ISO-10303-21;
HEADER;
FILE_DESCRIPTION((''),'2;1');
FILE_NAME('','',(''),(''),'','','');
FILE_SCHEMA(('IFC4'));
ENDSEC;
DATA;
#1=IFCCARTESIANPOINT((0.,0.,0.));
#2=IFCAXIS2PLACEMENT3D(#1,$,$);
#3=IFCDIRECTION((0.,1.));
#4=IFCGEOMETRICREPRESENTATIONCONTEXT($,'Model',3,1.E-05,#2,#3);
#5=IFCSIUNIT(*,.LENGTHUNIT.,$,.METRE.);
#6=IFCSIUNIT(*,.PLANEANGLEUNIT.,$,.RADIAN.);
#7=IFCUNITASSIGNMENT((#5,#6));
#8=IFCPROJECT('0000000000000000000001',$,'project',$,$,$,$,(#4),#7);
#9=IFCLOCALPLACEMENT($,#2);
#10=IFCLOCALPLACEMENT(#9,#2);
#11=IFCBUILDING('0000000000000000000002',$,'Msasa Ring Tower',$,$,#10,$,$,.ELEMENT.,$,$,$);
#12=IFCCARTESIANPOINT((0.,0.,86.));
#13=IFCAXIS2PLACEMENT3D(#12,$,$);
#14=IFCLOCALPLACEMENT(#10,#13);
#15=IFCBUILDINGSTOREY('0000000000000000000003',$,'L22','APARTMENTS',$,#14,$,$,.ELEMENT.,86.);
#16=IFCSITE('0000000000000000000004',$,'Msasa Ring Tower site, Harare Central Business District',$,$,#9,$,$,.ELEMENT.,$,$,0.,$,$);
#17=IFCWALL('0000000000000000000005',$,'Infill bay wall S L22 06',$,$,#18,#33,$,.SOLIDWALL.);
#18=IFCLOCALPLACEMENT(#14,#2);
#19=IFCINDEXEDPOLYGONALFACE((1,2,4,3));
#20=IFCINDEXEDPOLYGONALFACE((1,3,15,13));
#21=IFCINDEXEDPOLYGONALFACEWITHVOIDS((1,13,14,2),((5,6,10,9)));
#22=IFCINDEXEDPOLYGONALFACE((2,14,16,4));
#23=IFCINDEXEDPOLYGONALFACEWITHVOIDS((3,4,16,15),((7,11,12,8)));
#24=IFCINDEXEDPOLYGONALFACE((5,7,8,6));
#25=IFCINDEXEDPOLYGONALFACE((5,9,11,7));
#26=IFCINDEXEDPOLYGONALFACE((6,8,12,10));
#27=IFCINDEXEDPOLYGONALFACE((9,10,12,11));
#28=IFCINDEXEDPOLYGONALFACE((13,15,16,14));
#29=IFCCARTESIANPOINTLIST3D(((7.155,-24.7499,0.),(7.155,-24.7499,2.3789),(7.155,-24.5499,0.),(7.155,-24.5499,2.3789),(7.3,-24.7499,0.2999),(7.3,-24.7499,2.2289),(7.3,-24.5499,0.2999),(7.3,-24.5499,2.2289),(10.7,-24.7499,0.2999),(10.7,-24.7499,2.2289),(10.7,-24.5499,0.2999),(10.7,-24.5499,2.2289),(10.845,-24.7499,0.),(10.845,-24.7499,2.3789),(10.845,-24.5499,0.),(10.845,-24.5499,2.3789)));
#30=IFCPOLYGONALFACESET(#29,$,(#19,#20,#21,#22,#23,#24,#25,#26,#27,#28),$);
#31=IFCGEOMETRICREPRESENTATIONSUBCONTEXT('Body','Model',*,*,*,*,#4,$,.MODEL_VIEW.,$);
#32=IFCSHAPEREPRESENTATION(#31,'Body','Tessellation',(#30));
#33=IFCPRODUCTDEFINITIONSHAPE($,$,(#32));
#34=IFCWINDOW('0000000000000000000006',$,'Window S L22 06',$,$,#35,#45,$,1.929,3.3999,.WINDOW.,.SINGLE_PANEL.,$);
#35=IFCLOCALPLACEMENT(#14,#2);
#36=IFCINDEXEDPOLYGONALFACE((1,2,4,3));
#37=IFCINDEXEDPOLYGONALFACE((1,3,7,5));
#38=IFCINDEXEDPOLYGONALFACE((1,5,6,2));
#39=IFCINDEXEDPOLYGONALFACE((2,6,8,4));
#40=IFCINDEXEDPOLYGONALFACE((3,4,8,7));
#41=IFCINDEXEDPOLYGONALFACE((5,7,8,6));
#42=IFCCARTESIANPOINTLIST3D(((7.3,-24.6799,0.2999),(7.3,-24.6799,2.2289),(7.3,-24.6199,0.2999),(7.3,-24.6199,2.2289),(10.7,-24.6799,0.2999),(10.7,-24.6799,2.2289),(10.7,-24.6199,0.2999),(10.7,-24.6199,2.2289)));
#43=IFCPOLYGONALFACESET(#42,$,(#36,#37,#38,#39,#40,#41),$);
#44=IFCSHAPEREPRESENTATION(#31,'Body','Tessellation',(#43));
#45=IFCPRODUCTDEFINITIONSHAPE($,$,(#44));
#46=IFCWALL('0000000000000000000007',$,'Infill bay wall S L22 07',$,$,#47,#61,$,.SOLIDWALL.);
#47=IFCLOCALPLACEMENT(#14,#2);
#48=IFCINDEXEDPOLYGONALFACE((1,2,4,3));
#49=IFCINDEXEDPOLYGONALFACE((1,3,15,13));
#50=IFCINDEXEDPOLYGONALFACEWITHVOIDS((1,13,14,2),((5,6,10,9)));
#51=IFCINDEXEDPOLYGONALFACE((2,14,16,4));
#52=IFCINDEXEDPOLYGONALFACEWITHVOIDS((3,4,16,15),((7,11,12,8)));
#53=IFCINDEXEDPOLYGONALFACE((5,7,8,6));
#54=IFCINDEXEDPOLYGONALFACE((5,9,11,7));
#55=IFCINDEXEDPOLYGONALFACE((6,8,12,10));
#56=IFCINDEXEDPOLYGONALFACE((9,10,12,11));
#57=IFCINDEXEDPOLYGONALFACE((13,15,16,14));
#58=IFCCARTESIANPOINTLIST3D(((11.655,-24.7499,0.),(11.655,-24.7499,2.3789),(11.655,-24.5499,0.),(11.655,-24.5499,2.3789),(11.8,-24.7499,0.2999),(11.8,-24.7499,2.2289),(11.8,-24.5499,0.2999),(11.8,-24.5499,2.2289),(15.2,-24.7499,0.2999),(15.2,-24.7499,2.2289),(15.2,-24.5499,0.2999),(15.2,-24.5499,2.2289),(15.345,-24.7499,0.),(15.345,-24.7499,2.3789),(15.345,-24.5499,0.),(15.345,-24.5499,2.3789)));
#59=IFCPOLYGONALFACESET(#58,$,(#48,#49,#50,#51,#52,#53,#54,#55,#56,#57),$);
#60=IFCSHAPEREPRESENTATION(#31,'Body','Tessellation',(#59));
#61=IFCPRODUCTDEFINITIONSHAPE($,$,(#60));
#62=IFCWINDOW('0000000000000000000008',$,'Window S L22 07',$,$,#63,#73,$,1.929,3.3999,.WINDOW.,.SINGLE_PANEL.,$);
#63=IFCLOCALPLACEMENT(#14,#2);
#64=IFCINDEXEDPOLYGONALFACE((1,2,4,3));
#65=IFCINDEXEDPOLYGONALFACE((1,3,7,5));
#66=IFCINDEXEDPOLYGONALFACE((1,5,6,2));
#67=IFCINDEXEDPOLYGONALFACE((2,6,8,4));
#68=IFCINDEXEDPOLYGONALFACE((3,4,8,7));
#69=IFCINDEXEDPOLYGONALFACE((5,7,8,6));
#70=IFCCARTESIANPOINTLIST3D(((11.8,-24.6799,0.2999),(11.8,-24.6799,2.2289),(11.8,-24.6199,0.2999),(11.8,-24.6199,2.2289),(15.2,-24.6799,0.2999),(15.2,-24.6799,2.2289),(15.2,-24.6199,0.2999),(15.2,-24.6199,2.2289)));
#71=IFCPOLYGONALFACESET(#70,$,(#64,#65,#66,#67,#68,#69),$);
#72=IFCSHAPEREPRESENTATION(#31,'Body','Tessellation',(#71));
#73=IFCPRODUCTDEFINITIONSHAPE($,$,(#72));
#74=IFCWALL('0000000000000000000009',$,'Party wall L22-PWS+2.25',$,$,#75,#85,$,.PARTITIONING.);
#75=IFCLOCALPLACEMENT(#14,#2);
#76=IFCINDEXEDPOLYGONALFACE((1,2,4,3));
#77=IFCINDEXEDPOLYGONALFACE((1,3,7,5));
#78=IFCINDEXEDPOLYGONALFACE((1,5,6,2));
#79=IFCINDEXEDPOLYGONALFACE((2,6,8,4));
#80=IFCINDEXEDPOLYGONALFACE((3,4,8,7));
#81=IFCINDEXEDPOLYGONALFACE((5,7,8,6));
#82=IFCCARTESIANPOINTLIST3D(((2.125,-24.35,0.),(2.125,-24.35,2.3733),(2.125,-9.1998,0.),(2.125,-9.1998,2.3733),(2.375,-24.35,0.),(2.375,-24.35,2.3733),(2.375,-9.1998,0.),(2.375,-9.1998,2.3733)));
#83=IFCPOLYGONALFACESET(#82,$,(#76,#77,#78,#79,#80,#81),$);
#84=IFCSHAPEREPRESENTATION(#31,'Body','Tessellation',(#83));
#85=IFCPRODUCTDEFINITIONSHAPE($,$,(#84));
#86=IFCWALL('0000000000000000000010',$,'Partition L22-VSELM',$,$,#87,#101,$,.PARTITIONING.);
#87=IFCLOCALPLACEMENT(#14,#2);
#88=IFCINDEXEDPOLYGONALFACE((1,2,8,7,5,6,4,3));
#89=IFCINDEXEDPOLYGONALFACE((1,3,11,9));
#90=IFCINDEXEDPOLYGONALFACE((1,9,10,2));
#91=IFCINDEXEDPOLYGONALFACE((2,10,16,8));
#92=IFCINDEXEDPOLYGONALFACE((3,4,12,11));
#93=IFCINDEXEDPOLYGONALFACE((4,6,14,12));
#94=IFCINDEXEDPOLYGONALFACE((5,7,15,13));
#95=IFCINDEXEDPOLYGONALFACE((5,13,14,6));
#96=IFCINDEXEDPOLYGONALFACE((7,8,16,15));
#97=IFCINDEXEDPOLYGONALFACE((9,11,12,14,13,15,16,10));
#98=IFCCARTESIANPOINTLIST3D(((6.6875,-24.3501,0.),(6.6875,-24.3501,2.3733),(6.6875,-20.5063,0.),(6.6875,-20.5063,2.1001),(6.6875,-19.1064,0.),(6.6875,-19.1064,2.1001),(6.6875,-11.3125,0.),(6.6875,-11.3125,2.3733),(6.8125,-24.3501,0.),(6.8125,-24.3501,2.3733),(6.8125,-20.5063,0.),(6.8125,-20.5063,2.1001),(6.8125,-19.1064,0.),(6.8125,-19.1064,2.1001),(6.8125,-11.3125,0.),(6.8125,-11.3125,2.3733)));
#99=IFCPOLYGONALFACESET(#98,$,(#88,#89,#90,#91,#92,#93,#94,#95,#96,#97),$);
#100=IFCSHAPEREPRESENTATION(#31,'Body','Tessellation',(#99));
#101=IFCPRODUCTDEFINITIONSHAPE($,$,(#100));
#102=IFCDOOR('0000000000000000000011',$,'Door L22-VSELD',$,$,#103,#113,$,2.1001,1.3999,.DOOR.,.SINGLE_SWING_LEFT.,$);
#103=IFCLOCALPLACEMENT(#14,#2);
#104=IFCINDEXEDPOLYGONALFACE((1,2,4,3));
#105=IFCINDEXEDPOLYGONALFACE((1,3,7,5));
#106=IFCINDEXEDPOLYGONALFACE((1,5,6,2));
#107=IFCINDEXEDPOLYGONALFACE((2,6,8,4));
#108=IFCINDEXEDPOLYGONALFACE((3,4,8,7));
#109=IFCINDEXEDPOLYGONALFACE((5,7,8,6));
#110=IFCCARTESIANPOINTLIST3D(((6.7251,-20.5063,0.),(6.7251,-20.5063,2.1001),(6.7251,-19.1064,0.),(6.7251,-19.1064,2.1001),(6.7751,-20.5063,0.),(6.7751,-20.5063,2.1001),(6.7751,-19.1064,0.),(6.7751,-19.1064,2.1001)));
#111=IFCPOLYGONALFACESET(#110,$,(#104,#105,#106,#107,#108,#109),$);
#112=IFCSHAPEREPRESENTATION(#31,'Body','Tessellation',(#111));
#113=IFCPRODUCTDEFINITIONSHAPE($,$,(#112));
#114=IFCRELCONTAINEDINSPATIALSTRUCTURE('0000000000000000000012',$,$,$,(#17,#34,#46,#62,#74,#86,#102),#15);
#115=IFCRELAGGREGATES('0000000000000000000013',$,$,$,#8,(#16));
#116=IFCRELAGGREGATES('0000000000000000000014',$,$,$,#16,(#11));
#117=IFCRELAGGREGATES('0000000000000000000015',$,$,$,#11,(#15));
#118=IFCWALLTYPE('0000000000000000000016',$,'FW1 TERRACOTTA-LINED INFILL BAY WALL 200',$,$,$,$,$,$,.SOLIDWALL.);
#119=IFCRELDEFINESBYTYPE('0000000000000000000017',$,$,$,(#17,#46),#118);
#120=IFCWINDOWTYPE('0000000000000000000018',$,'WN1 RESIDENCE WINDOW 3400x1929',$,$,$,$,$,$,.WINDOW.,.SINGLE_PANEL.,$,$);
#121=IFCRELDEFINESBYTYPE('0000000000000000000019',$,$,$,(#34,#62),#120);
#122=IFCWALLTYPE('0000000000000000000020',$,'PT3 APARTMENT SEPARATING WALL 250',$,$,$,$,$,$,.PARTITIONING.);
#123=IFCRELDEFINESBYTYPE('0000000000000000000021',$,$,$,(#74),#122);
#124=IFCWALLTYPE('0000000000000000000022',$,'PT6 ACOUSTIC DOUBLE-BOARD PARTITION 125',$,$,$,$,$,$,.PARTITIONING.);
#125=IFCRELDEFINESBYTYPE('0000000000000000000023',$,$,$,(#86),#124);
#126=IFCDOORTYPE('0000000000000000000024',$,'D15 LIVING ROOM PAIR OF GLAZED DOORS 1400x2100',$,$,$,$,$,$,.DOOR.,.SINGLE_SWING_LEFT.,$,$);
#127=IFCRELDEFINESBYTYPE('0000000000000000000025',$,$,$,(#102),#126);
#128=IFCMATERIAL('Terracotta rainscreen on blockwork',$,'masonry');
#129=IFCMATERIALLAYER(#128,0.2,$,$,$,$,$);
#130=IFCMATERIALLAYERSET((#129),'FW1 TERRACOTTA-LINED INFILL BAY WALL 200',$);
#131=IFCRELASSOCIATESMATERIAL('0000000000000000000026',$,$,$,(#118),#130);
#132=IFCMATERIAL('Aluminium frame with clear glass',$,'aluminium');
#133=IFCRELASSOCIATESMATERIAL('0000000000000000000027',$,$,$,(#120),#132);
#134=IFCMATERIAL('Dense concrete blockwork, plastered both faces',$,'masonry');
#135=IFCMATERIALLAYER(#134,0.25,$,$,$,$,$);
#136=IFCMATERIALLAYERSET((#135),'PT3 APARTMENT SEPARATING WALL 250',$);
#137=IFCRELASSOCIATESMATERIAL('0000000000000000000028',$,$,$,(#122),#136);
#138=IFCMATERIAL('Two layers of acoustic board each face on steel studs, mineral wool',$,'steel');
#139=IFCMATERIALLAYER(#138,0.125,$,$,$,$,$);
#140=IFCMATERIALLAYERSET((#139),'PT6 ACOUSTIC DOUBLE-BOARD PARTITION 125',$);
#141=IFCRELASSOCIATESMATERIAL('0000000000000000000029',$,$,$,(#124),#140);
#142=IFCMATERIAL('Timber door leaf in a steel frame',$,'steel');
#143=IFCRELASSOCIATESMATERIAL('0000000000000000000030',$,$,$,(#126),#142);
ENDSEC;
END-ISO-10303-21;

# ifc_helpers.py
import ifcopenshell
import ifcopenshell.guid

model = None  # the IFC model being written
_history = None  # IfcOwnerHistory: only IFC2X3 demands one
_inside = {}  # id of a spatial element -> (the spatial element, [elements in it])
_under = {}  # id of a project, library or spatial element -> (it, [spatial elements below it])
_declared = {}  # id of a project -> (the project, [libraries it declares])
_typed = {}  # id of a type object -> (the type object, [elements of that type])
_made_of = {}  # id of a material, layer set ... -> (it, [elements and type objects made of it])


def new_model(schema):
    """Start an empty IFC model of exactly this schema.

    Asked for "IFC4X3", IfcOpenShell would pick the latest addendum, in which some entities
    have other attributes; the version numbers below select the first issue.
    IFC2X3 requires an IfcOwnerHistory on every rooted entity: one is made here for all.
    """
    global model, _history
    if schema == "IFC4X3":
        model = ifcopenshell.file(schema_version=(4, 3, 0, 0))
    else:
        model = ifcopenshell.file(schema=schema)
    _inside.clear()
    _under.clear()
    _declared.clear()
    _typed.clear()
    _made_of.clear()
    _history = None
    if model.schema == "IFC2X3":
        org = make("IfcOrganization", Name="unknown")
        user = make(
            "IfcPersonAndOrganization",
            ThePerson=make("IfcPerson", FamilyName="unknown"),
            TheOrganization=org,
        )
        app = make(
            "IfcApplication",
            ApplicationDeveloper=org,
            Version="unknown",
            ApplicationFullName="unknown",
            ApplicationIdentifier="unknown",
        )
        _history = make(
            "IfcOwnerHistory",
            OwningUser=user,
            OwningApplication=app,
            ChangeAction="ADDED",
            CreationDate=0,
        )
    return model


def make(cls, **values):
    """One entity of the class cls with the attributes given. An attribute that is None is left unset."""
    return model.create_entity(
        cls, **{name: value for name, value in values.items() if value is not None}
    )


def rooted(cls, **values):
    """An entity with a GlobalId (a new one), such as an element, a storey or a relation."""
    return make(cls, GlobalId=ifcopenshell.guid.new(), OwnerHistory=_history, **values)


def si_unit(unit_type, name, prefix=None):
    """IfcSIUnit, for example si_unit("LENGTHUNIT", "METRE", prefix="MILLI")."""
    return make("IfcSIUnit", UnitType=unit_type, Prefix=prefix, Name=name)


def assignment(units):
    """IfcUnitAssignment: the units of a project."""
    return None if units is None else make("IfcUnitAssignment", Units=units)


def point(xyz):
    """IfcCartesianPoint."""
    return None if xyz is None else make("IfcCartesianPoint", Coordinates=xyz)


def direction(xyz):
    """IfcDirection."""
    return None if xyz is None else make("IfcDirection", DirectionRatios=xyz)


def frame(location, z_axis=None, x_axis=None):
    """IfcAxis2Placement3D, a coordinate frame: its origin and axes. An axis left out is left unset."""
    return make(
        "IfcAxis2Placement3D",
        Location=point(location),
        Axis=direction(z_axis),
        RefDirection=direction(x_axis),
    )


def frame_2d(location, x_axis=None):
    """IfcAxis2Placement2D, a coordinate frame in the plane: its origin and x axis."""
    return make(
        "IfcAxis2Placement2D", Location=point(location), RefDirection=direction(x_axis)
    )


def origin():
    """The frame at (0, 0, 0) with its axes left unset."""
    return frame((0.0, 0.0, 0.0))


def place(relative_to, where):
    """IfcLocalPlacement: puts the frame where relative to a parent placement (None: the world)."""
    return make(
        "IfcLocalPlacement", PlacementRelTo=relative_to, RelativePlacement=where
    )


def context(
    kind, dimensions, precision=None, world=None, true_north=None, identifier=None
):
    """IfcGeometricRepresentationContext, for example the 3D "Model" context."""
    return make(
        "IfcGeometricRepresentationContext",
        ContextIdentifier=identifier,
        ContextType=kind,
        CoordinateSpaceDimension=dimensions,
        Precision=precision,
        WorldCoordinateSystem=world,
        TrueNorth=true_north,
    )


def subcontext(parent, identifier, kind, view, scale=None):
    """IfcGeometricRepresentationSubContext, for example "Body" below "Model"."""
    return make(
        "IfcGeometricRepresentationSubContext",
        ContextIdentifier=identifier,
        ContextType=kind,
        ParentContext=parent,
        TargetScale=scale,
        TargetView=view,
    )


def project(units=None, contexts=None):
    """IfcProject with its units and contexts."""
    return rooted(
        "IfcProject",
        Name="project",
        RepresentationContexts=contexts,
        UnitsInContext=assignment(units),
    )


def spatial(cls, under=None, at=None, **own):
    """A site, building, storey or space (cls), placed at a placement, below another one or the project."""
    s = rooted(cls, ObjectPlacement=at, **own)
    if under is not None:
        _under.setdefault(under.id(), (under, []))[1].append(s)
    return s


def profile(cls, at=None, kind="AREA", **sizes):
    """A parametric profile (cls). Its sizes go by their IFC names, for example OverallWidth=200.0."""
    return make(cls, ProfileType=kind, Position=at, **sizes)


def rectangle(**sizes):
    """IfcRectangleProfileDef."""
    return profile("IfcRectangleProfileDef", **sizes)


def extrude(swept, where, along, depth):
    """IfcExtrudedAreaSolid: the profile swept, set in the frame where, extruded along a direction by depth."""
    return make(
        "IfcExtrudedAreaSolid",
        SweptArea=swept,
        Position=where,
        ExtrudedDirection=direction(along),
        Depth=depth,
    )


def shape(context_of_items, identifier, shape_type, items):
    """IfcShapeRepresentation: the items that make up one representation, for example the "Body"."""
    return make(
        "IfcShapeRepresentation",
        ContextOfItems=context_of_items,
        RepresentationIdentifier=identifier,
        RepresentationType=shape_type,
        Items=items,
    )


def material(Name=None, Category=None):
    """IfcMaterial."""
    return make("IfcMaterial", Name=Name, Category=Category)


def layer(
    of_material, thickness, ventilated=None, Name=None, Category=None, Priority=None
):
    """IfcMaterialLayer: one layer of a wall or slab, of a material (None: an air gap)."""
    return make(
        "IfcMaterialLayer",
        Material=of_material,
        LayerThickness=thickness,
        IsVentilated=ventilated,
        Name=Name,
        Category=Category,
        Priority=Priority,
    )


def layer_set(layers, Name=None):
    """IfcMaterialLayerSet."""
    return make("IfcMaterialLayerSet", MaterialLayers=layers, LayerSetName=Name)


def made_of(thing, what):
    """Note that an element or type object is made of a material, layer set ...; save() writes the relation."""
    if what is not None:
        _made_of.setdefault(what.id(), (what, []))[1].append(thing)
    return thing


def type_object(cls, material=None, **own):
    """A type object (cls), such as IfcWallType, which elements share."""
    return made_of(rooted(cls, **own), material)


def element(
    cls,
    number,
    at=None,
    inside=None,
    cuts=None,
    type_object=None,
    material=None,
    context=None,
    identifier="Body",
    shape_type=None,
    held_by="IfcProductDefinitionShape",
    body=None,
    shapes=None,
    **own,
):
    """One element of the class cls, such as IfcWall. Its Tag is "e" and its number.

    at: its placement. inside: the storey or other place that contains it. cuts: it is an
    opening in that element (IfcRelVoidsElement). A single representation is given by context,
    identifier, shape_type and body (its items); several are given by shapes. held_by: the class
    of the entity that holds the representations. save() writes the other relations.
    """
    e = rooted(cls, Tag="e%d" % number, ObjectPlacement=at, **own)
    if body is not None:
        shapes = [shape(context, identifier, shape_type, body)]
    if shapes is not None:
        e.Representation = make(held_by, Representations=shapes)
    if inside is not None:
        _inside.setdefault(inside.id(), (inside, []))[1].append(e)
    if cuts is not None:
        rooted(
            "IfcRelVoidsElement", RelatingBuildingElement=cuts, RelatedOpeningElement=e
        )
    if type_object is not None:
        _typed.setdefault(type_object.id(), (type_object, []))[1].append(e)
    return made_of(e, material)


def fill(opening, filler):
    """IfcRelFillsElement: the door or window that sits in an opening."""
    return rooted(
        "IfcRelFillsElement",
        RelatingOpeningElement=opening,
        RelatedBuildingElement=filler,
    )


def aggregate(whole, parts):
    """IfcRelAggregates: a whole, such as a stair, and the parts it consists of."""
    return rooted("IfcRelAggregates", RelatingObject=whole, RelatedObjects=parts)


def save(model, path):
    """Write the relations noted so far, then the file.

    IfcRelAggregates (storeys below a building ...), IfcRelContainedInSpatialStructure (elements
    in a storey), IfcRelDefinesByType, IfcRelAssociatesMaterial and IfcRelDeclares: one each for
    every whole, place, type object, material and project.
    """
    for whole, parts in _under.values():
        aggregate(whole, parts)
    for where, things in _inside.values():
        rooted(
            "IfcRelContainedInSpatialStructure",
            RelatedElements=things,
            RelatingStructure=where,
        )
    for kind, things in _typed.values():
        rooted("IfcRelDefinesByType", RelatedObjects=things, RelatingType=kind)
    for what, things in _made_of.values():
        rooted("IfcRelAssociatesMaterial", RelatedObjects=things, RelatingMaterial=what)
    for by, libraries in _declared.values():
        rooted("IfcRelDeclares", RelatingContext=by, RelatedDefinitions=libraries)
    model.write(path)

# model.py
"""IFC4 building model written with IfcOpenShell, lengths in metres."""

from ifc_helpers import new_model, si_unit, direction, frame, frame_2d, origin, place, context, subcontext, project, spatial, rectangle, extrude, material, layer, layer_set, type_object, element, fill, save


model = new_model("IFC4")

# Units and contexts
model_context = context("Model", 3, precision=1e-05, world=origin(), true_north=direction((0.0, 1.0)))
body_context = subcontext(model_context, "Body", "Model", "MODEL_VIEW")
ifc_project = project(units=[si_unit("LENGTHUNIT", "METRE"), si_unit("PLANEANGLEUNIT", "RADIAN")], contexts=[model_context])

# Site, building, storey
site_placement = place(None, origin())
site = spatial("IfcSite", under=ifc_project, at=site_placement, Name="Msasa Ring Tower site, Harare Central Business District", CompositionType="ELEMENT", RefElevation=0.0)
building_placement = place(site_placement, origin())
building = spatial("IfcBuilding", under=site, at=building_placement, Name="Msasa Ring Tower", CompositionType="ELEMENT")
storey_placement = place(building_placement, frame((0.0, 0.0, 86.0)))
storey = spatial("IfcBuildingStorey", under=building, at=storey_placement, Name="L22", Description="APARTMENTS", CompositionType="ELEMENT", Elevation=86.0)

# Walls, openings, windows
ifc_material_1 = material(Name="Terracotta rainscreen on blockwork", Category="masonry")
ifc_layer_1 = layer(ifc_material_1, 0.2)
ifc_layer_set_1 = layer_set([ifc_layer_1], Name="FW1 TERRACOTTA-LINED INFILL BAY WALL 200")
wall_type_1 = type_object("IfcWallType", Name="FW1 TERRACOTTA-LINED INFILL BAY WALL 200", PredefinedType="SOLIDWALL", material=ifc_layer_set_1)
ifc_material_2 = material(Name="Aluminium frame with clear glass", Category="aluminium")
window_type = type_object("IfcWindowType", Name="WN1 RESIDENCE WINDOW 3400x1929", PartitioningType="SINGLE_PANEL", PredefinedType="WINDOW", material=ifc_material_2)
wall_1_placement = place(storey_placement, frame((7.155, -24.6499, 0.0), z_axis=(0.0, 0.0, 1.0), x_axis=(1.0, 0.0, 0.0)))
wall_1 = element("IfcWall", 1, at=wall_1_placement, inside=storey, type_object=wall_type_1, Name="Infill bay wall S L22 06", PredefinedType="SOLIDWALL", context=body_context, shape_type="SweptSolid", body=[
    extrude(rectangle(XDim=3.6899, YDim=0.2, at=frame_2d((1.845, 0.0))), origin(), (0.0, 0.0, 1.0), 2.3789),
])
opening_1_placement = place(wall_1_placement, frame((0.145, 0.0, 0.3)))
opening_1 = element("IfcOpeningElement", 2, at=opening_1_placement, cuts=wall_1, PredefinedType="OPENING", context=body_context, shape_type="SweptSolid", body=[
    extrude(rectangle(XDim=3.3999, YDim=1.929, at=frame_2d((1.7, 0.9644))), frame((0.0, 0.1099, 0.0), z_axis=(0.0, -1.0, 0.0), x_axis=(1.0, 0.0, 0.0)), (0.0, 0.0, 1.0), 0.22),
])
window_1_placement = place(opening_1_placement, origin())
window_1 = element("IfcWindow", 3, at=window_1_placement, inside=storey, type_object=window_type, Name="Window S L22 06", OverallHeight=1.929, OverallWidth=3.3999, PartitioningType="SINGLE_PANEL", PredefinedType="WINDOW", context=body_context, shape_type="SweptSolid", body=[
    extrude(rectangle(XDim=3.3999, YDim=1.929, at=frame_2d((1.7, 0.9644))), frame((0.0, 0.03, 0.0), z_axis=(0.0, -1.0, 0.0), x_axis=(1.0, 0.0, 0.0)), (0.0, 0.0, 1.0), 0.0601),
])
fill(opening_1, window_1)
wall_2_placement = place(storey_placement, frame((11.655, -24.6499, 0.0), z_axis=(0.0, 0.0, 1.0), x_axis=(1.0, 0.0, 0.0)))
wall_2 = element("IfcWall", 4, at=wall_2_placement, inside=storey, type_object=wall_type_1, Name="Infill bay wall S L22 07", PredefinedType="SOLIDWALL", context=body_context, shape_type="SweptSolid", body=[
    extrude(rectangle(XDim=3.6899, YDim=0.2, at=frame_2d((1.845, 0.0))), origin(), (0.0, 0.0, 1.0), 2.3789),
])
opening_2_placement = place(wall_2_placement, frame((0.145, 0.0, 0.3)))
opening_2 = element("IfcOpeningElement", 5, at=opening_2_placement, cuts=wall_2, PredefinedType="OPENING", context=body_context, shape_type="SweptSolid", body=[
    extrude(rectangle(XDim=3.3999, YDim=1.929, at=frame_2d((1.7, 0.9644))), frame((0.0, 0.1099, 0.0), z_axis=(0.0, -1.0, 0.0), x_axis=(1.0, 0.0, 0.0)), (0.0, 0.0, 1.0), 0.22),
])
window_2_placement = place(opening_2_placement, origin())
window_2 = element("IfcWindow", 6, at=window_2_placement, inside=storey, type_object=window_type, Name="Window S L22 07", OverallHeight=1.929, OverallWidth=3.3999, PartitioningType="SINGLE_PANEL", PredefinedType="WINDOW", context=body_context, shape_type="SweptSolid", body=[
    extrude(rectangle(XDim=3.3999, YDim=1.929, at=frame_2d((1.7, 0.9644))), frame((0.0, 0.03, 0.0), z_axis=(0.0, -1.0, 0.0), x_axis=(1.0, 0.0, 0.0)), (0.0, 0.0, 1.0), 0.0601),
])
fill(opening_2, window_2)

# Wall
ifc_material_3 = material(Name="Dense concrete blockwork, plastered both faces", Category="masonry")
ifc_layer_2 = layer(ifc_material_3, 0.25)
ifc_layer_set_2 = layer_set([ifc_layer_2], Name="PT3 APARTMENT SEPARATING WALL 250")
wall_type_2 = type_object("IfcWallType", Name="PT3 APARTMENT SEPARATING WALL 250", PredefinedType="PARTITIONING", material=ifc_layer_set_2)
wall_3_placement = place(storey_placement, frame((2.25, -24.3501, 0.0), z_axis=(0.0, 0.0, 1.0), x_axis=(0.0, 1.0, 0.0)))
element("IfcWall", 7, at=wall_3_placement, inside=storey, type_object=wall_type_2, Name="Party wall L22-PWS+2.25", PredefinedType="PARTITIONING", context=body_context, shape_type="SweptSolid", body=[
    extrude(rectangle(XDim=15.1501, YDim=0.25, at=frame_2d((7.5752, 0.0))), origin(), (0.0, 0.0, 1.0), 2.3733),
])

# Wall, opening, door
ifc_material_4 = material(Name="Two layers of acoustic board each face on steel studs, mineral wool", Category="steel")
ifc_layer_3 = layer(ifc_material_4, 0.125)
ifc_layer_set_3 = layer_set([ifc_layer_3], Name="PT6 ACOUSTIC DOUBLE-BOARD PARTITION 125")
wall_type_3 = type_object("IfcWallType", Name="PT6 ACOUSTIC DOUBLE-BOARD PARTITION 125", PredefinedType="PARTITIONING", material=ifc_layer_set_3)
wall_4_placement = place(storey_placement, frame((6.75, -24.3501, 0.0), z_axis=(0.0, 0.0, 1.0), x_axis=(0.0, 1.0, 0.0)))
wall_4 = element("IfcWall", 8, at=wall_4_placement, inside=storey, type_object=wall_type_3, Name="Partition L22-VSELM", PredefinedType="PARTITIONING", context=body_context, shape_type="SweptSolid", body=[
    extrude(rectangle(XDim=13.0376, YDim=0.125, at=frame_2d((6.5188, 0.0))), origin(), (0.0, 0.0, 1.0), 2.3733),
])
opening_3_placement = place(wall_4_placement, frame((3.8438, 0.0, 0.0)))
opening_3 = element("IfcOpeningElement", 9, at=opening_3_placement, cuts=wall_4, PredefinedType="OPENING", context=body_context, shape_type="SweptSolid", body=[
    extrude(rectangle(XDim=1.3999, YDim=2.1001, at=frame_2d((0.7, 1.05))), frame((0.0, 0.0725, 0.0), z_axis=(0.0, -1.0, 0.0), x_axis=(1.0, 0.0, 0.0)), (0.0, 0.0, 1.0), 0.145),
])
ifc_material_5 = material(Name="Timber door leaf in a steel frame", Category="steel")
door_type = type_object("IfcDoorType", Name="D15 LIVING ROOM PAIR OF GLAZED DOORS 1400x2100", OperationType="SINGLE_SWING_LEFT", PredefinedType="DOOR", material=ifc_material_5)
door_placement = place(opening_3_placement, origin())
door = element("IfcDoor", 10, at=door_placement, inside=storey, type_object=door_type, Name="Door L22-VSELD", OperationType="SINGLE_SWING_LEFT", OverallHeight=2.1001, OverallWidth=1.3999, PredefinedType="DOOR", context=body_context, shape_type="SweptSolid", body=[
    extrude(rectangle(XDim=1.3999, YDim=2.1001, at=frame_2d((0.7, 1.05))), frame((0.0, 0.0249, 0.0), z_axis=(0.0, -1.0, 0.0), x_axis=(1.0, 0.0, 0.0)), (0.0, 0.0, 1.0), 0.05),
])
fill(opening_3, door)

save(model, "model.ifc")
